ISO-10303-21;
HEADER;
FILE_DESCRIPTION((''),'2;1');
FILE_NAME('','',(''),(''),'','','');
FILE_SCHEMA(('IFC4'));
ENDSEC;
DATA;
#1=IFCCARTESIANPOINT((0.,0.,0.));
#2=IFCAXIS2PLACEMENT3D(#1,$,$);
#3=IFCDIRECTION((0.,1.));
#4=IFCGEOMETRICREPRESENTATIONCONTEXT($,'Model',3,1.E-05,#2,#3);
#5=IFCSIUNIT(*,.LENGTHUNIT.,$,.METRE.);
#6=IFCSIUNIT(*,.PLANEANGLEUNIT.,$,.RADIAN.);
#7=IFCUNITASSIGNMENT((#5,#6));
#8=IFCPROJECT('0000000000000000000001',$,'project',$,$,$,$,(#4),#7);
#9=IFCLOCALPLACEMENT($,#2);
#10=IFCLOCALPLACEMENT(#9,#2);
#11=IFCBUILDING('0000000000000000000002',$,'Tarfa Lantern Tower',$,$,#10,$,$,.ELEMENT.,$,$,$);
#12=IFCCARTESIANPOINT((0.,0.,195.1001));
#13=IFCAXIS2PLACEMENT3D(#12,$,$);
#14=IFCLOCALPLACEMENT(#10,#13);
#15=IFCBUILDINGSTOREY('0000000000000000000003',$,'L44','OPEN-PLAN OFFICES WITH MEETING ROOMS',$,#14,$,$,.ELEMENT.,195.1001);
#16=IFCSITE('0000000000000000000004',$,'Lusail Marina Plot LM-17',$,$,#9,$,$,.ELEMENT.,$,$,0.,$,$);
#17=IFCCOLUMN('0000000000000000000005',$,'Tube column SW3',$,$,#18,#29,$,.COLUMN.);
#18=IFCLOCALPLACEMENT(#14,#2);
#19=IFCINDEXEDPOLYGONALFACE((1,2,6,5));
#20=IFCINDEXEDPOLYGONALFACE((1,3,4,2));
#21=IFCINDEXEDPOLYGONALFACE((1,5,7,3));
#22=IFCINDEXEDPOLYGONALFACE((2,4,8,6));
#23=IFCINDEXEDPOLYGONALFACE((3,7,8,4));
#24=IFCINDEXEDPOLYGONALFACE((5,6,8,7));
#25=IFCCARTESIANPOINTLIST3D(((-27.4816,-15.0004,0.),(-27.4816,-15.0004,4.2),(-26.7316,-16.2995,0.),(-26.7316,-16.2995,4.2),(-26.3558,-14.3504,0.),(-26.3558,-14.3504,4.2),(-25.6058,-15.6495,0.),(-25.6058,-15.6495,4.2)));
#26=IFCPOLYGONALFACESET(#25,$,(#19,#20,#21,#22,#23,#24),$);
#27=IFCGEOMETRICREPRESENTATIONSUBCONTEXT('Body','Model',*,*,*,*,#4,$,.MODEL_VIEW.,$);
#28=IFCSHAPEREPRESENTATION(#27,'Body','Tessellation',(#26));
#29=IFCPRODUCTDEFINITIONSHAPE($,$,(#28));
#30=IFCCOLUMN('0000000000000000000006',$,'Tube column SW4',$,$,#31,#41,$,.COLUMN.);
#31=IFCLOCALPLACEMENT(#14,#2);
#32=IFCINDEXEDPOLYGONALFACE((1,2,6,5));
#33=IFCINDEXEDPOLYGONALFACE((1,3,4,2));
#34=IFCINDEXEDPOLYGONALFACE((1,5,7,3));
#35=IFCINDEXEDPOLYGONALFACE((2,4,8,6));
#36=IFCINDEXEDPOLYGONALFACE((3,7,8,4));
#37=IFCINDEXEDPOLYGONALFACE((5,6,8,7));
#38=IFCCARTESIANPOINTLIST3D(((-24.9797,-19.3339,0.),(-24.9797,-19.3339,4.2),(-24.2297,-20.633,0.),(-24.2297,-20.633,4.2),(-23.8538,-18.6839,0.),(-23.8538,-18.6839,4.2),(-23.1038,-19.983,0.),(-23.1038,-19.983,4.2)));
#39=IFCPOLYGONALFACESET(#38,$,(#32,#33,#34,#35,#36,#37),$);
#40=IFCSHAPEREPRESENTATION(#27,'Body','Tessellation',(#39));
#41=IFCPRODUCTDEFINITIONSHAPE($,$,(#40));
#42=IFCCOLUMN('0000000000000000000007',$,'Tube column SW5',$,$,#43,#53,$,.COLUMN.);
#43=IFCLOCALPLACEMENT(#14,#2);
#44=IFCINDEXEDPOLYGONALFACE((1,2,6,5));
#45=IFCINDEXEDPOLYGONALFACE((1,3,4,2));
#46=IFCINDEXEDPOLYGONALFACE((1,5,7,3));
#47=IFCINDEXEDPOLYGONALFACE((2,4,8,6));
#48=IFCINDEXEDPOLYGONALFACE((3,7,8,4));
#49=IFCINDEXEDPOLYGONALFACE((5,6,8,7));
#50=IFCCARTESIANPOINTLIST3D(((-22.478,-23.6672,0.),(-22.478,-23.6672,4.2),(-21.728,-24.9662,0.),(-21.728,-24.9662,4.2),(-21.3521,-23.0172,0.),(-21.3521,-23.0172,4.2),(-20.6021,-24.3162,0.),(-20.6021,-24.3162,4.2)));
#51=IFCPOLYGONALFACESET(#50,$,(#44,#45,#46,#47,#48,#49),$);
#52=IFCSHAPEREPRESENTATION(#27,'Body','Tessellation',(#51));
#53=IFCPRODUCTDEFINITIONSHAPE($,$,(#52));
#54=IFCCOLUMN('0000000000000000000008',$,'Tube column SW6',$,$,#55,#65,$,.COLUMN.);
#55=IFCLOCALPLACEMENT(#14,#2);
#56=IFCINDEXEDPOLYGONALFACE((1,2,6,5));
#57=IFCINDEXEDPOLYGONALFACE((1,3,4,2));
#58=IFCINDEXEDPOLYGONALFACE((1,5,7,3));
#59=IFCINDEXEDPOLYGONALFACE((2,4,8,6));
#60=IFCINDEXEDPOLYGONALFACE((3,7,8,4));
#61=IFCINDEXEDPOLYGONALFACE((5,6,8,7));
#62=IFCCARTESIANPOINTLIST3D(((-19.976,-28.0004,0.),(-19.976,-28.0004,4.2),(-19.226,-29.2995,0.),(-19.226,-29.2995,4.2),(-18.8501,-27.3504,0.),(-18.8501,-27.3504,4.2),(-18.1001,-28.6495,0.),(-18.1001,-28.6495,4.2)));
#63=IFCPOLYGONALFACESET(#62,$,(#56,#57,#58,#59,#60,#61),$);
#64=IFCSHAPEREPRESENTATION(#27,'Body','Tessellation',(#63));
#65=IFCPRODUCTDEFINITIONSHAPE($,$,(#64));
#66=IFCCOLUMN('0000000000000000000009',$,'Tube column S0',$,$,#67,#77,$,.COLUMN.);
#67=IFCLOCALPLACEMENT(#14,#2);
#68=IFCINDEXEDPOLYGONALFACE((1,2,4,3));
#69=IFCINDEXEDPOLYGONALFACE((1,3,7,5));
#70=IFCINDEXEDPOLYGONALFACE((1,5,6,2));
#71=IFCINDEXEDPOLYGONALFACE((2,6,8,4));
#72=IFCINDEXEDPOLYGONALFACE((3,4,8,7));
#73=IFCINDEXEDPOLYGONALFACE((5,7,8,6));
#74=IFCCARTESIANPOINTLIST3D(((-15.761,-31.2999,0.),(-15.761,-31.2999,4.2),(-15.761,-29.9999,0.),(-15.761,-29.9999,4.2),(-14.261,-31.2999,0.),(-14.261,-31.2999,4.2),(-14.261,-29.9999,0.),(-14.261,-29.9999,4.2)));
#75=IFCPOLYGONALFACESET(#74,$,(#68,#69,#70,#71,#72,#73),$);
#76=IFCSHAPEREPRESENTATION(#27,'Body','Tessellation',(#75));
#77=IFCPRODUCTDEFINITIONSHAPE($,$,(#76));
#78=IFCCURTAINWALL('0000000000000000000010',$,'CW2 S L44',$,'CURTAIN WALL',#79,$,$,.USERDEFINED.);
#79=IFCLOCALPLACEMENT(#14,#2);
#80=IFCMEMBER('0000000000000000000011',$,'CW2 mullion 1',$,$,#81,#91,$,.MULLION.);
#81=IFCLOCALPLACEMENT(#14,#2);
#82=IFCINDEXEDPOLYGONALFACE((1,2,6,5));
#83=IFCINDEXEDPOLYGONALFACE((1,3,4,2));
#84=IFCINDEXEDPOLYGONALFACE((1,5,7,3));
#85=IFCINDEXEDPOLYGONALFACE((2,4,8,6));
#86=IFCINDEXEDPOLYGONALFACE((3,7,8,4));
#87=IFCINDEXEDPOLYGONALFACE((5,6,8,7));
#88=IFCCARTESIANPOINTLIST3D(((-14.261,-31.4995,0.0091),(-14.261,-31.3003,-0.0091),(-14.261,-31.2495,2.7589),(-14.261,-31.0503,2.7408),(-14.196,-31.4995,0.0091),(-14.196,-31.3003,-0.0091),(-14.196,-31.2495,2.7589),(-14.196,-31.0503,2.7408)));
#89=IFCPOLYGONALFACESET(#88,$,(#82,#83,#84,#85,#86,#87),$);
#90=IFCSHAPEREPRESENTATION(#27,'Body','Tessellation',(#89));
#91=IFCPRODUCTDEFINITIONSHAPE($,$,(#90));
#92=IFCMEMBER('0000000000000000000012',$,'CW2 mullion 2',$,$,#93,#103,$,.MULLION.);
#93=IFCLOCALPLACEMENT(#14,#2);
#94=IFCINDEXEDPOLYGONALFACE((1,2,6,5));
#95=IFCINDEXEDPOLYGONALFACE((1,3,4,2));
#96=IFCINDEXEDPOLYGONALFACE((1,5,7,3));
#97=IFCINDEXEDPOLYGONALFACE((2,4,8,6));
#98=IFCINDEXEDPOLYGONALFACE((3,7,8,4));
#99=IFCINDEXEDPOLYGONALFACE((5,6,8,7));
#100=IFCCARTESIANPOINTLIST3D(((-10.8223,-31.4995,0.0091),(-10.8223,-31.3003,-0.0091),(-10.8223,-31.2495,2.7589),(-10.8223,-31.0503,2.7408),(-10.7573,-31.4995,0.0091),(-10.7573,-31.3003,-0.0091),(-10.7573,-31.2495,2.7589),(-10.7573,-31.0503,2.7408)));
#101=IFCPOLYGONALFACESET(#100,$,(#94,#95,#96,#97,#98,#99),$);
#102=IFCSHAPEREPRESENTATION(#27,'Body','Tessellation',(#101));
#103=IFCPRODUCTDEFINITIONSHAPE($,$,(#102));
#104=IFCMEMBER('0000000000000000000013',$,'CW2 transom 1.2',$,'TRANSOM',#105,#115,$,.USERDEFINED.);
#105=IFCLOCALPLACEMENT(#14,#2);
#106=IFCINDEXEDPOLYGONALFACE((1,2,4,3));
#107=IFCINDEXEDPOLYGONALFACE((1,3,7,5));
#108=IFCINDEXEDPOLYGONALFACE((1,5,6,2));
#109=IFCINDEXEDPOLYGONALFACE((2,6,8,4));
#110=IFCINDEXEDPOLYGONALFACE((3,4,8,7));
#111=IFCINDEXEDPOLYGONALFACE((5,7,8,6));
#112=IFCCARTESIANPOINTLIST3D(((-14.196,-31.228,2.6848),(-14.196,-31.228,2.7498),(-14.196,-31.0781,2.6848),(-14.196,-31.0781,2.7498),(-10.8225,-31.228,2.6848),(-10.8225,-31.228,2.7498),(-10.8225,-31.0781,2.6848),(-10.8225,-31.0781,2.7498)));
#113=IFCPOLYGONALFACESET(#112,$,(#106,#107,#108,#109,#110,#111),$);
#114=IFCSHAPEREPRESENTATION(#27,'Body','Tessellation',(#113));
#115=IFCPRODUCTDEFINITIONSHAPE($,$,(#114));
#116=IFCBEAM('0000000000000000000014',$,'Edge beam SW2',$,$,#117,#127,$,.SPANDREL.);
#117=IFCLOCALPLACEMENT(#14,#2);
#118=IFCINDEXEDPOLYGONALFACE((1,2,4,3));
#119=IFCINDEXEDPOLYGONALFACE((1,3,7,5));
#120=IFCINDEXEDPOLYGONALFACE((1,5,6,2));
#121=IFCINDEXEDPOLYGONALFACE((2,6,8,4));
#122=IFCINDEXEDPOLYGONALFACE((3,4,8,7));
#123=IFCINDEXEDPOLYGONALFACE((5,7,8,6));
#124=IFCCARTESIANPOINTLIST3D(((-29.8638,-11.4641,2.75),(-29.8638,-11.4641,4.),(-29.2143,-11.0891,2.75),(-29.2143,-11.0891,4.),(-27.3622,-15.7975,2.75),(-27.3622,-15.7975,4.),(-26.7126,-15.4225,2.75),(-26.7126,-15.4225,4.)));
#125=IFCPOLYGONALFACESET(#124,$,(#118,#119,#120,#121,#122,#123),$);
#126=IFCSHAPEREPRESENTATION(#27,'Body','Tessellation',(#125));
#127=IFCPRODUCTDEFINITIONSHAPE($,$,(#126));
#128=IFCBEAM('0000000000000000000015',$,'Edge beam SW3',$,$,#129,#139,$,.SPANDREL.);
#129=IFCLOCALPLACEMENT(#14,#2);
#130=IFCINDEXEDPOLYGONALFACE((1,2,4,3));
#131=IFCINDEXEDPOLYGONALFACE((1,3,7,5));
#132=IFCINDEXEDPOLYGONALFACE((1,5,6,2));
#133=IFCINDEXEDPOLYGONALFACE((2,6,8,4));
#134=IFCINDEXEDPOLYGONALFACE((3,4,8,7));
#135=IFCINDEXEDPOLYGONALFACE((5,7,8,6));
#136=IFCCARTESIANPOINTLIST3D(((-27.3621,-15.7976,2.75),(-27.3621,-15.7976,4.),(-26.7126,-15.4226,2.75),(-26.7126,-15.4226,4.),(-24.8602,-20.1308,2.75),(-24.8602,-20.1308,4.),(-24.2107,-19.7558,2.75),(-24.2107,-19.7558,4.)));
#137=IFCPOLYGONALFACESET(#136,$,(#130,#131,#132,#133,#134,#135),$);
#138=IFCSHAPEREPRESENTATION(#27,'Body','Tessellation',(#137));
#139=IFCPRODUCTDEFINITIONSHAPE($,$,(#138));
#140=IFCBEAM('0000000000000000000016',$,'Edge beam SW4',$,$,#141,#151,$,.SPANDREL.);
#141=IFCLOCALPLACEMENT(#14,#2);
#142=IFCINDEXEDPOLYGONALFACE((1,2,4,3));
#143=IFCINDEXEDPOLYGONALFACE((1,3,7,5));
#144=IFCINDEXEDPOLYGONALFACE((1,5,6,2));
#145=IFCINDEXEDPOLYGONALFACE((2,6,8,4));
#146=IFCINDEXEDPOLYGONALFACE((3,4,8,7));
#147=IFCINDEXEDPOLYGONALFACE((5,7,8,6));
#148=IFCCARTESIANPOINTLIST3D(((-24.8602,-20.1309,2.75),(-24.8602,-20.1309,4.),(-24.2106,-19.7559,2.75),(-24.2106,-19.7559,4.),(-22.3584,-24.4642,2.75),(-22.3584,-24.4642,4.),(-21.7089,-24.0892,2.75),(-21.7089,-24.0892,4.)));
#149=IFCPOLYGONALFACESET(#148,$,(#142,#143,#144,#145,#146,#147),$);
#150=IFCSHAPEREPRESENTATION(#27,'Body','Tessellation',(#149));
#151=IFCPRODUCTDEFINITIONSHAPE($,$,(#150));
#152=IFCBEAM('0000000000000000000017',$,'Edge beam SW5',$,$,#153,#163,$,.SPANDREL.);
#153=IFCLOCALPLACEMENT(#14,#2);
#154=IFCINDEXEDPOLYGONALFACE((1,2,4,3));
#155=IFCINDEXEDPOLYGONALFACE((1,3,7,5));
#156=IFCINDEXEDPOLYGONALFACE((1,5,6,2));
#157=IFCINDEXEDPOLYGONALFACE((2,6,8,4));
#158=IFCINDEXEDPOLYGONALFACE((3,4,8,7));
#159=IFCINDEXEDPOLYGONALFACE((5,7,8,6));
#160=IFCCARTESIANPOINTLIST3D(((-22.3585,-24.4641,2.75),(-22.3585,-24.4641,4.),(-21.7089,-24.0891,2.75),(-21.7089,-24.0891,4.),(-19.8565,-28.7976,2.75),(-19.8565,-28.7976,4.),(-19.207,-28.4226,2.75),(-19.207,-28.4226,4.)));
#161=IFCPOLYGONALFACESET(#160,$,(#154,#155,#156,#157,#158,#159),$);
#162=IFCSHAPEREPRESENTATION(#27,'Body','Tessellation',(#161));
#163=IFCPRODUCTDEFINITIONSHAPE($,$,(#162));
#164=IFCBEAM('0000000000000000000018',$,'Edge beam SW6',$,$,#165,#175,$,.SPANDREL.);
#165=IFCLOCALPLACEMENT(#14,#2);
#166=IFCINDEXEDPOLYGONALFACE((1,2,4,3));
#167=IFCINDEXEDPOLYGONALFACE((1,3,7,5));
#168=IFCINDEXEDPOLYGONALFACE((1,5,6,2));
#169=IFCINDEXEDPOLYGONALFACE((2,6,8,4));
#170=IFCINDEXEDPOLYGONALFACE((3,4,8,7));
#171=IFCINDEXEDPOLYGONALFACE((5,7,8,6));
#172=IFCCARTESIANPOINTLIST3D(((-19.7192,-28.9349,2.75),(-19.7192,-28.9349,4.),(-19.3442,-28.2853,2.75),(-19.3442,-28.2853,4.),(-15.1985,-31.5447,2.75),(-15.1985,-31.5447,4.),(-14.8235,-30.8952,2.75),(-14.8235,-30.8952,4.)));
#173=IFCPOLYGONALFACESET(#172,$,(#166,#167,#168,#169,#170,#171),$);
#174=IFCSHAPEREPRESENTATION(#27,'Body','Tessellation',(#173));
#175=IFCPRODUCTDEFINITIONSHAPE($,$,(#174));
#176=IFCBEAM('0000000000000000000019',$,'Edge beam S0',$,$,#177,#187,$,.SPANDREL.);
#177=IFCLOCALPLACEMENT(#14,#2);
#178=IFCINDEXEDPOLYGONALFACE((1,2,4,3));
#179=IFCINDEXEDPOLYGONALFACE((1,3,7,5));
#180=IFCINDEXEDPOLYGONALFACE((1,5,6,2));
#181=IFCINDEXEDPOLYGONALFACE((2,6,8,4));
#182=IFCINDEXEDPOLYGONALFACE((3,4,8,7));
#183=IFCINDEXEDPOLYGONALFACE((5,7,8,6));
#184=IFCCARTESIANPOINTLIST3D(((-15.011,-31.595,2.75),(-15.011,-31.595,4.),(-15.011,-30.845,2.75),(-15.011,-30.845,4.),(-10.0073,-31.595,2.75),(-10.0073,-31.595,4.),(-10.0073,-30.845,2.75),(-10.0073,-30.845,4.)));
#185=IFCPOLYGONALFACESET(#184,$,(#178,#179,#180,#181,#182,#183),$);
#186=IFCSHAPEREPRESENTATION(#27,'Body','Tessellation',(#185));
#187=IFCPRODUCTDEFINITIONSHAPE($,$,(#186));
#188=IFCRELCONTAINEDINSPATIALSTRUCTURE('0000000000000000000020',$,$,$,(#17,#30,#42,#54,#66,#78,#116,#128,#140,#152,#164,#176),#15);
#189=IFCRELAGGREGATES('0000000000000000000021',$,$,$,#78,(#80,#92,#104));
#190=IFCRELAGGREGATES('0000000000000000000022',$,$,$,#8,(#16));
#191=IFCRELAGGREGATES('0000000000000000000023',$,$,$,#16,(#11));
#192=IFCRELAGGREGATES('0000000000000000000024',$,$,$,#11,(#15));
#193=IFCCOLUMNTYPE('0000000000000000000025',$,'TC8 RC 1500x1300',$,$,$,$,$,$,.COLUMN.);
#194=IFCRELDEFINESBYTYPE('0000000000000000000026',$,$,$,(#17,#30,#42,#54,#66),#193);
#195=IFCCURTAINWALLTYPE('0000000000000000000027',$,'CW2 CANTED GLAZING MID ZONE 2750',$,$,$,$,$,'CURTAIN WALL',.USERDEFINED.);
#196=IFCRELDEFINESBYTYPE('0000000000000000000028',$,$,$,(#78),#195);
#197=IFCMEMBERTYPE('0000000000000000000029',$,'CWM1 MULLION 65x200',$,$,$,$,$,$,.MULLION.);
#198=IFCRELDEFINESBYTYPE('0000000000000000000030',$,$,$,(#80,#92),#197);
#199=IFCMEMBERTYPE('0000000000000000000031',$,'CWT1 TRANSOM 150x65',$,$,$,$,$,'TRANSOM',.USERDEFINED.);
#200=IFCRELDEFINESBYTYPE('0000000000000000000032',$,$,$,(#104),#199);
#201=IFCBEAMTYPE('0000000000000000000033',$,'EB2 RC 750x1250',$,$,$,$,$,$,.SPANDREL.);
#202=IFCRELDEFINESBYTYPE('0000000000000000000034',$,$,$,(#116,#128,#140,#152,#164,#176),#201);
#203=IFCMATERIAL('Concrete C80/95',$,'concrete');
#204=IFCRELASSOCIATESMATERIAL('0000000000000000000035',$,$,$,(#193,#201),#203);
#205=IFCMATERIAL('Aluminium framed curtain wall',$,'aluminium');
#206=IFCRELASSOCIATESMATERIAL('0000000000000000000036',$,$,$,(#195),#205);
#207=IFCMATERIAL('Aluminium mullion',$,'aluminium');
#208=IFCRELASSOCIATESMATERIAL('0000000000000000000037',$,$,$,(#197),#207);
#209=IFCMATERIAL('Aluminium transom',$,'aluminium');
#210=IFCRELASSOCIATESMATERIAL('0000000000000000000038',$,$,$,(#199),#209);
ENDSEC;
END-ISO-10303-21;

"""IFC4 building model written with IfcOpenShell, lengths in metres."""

from ifc_helpers import new_model, si_unit, direction, frame, origin, origin_2d, place, context, subcontext, project, spatial, rectangle, extrude, material, material_profile, profile_set, type_object, element, aggregate, save


model = new_model("IFC4")

# Units and contexts
model_context = context("Model", 3, precision=1e-05, world=origin(), true_north=direction((0.0, 1.0)))
body_context = subcontext(model_context, "Body", "Model", "MODEL_VIEW")
ifc_project = project(units=[si_unit("LENGTHUNIT", "METRE"), si_unit("PLANEANGLEUNIT", "RADIAN")], contexts=[model_context])

# Site, building, storey
site_placement = place(None, origin())
site = spatial("IfcSite", under=ifc_project, at=site_placement, Name="Lusail Marina Plot LM-17", CompositionType="ELEMENT", RefElevation=0.0)
building_placement = place(site_placement, origin())
building = spatial("IfcBuilding", under=site, at=building_placement, Name="Tarfa Lantern Tower", CompositionType="ELEMENT")
storey_placement = place(building_placement, frame((0.0, 0.0, 195.1001)))
storey = spatial("IfcBuildingStorey", under=building, at=storey_placement, Name="L44", Description="OPEN-PLAN OFFICES WITH MEETING ROOMS", CompositionType="ELEMENT", Elevation=195.1001)

# Columns
ifc_material_1 = material(Name="Concrete C80/95", Category="concrete")
ifc_material_profile_1 = material_profile(ifc_material_1, rectangle(XDim=1.5, YDim=1.3, at=origin_2d()), Name="RC 1500x1300")
ifc_profile_set_1 = profile_set([ifc_material_profile_1], Name="Concrete C80/95")
column_type = type_object("IfcColumnType", Name="TC8 RC 1500x1300", PredefinedType="COLUMN", material=ifc_profile_set_1)
for number, where, z_axis, x_axis, name in (
    (1, (-26.5437, -15.325, 0.0), (0.0, 0.0, 1.0), (0.5, -0.866025, 0.0), "Tube column SW3"),
    (2, (-24.0417, -19.6584, 0.0), (0.0, 0.0, 1.0), (0.5, -0.866025, 0.0), "Tube column SW4"),
    (3, (-21.54, -23.9917, 0.0), (0.0, 0.0, 1.0), (0.5, -0.866025, 0.0), "Tube column SW5"),
    (4, (-19.0381, -28.325, 0.0), (0.0, 0.0, 1.0), (0.5, -0.866025, 0.0), "Tube column SW6"),
    (5, (-15.011, -30.6499, 0.0), (0.0, 0.0, 1.0), (1.0, 0.0, 0.0), "Tube column S0"),
):
    element("IfcColumn", number, at=place(storey_placement, frame(where, z_axis=z_axis, x_axis=x_axis)), inside=storey, type_object=column_type, Name=name, PredefinedType="COLUMN", context=body_context, shape_type="SweptSolid", body=[
        extrude(rectangle(XDim=1.5, YDim=1.3, at=origin_2d()), origin(), (0.0, 0.0, 1.0), 4.2),
    ])

# Curtain wall, members
ifc_material_2 = material(Name="Aluminium framed curtain wall", Category="aluminium")
curtain_wall_type = type_object("IfcCurtainWallType", Name="CW2 CANTED GLAZING MID ZONE 2750", ElementType="CURTAIN WALL", PredefinedType="USERDEFINED", material=ifc_material_2)
curtain_wall_placement = place(storey_placement, origin())
curtain_wall = element("IfcCurtainWall", 6, at=curtain_wall_placement, inside=storey, type_object=curtain_wall_type, Name="CW2 S L44", ObjectType="CURTAIN WALL", PredefinedType="USERDEFINED")
ifc_material_3 = material(Name="Aluminium mullion", Category="aluminium")
ifc_material_profile_2 = material_profile(ifc_material_3, rectangle(XDim=0.0649, YDim=0.2, at=origin_2d()), Name="AL MULLION 65x200")
ifc_profile_set_2 = profile_set([ifc_material_profile_2], Name="Aluminium mullion")
member_type_1 = type_object("IfcMemberType", Name="CWM1 MULLION 65x200", PredefinedType="MULLION", material=ifc_profile_set_2)
member_1_placement = place(storey_placement, frame((-14.2285, -31.3999, 0.0), z_axis=(0.0, 0.090536, 0.995893), x_axis=(-1.0, 0.0, 0.0)))
member_1 = element("IfcMember", 7, at=member_1_placement, type_object=member_type_1, Name="CW2 mullion 1", PredefinedType="MULLION", context=body_context, shape_type="SweptSolid", body=[
    extrude(rectangle(XDim=0.0649, YDim=0.2, at=origin_2d()), origin(), (0.0, 0.0, 1.0), 2.7612),
])
member_2_placement = place(storey_placement, frame((-10.7898, -31.3999, 0.0), z_axis=(0.0, 0.090536, 0.995893), x_axis=(-1.0, 0.0, 0.0)))
member_2 = element("IfcMember", 8, at=member_2_placement, type_object=member_type_1, Name="CW2 mullion 2", PredefinedType="MULLION", context=body_context, shape_type="SweptSolid", body=[
    extrude(rectangle(XDim=0.0649, YDim=0.2, at=origin_2d()), origin(), (0.0, 0.0, 1.0), 2.7612),
])
ifc_material_4 = material(Name="Aluminium transom", Category="aluminium")
ifc_material_profile_3 = material_profile(ifc_material_4, rectangle(XDim=0.1499, YDim=0.0649, at=origin_2d()), Name="AL TRANSOM 150x65")
ifc_profile_set_3 = profile_set([ifc_material_profile_3], Name="Aluminium transom")
member_type_2 = type_object("IfcMemberType", Name="CWT1 TRANSOM 150x65", ElementType="TRANSOM", PredefinedType="USERDEFINED", material=ifc_profile_set_3)
member_3_placement = place(storey_placement, frame((-14.196, -31.1531, 2.7173), z_axis=(1.0, 0.0, 0.0), x_axis=(0.0, 1.0, 0.0)))
member_3 = element("IfcMember", 9, at=member_3_placement, type_object=member_type_2, Name="CW2 transom 1.2", ObjectType="TRANSOM", PredefinedType="USERDEFINED", context=body_context, shape_type="SweptSolid", body=[
    extrude(rectangle(XDim=0.1499, YDim=0.0649, at=origin_2d()), origin(), (0.0, 0.0, 1.0), 3.3735),
])

# Beams
ifc_material_profile_4 = material_profile(ifc_material_1, rectangle(XDim=0.75, YDim=1.25, at=origin_2d()), Name="RC 750x1250")
ifc_profile_set_4 = profile_set([ifc_material_profile_4], Name="Concrete C80/95")
beam_type_1 = type_object("IfcBeamType", Name="EB2 RC 750x1250", PredefinedType="SPANDREL", material=ifc_profile_set_4)
for number, where, z_axis, x_axis, name in (
    (10, (-29.5391, -11.2766, 3.375), (0.499965, -0.866046, 0.0), (0.866046, 0.499965, 0.0), "Edge beam SW2"),
    (11, (-27.0374, -15.6101, 3.375), (0.500022, -0.866013, 0.0), (0.866013, 0.500022, 0.0), "Edge beam SW3"),
    (12, (-24.5354, -19.9434, 3.375), (0.499986, -0.866034, 0.0), (0.866034, 0.499986, 0.0), "Edge beam SW4"),
):
    element("IfcBeam", number, at=place(storey_placement, frame(where, z_axis=z_axis, x_axis=x_axis)), inside=storey, type_object=beam_type_1, Name=name, PredefinedType="SPANDREL", context=body_context, shape_type="SweptSolid", body=[
        extrude(rectangle(XDim=0.75, YDim=1.25, at=origin_2d()), origin(), (0.0, 0.0, 1.0), 5.0037),
    ])
beam_1_placement = place(storey_placement, frame((-22.0337, -24.2766, 3.375), z_axis=(0.500001, -0.866025, 0.0), x_axis=(0.866025, 0.500001, 0.0)))
element("IfcBeam", 13, at=beam_1_placement, inside=storey, type_object=beam_type_1, Name="Edge beam SW5", PredefinedType="SPANDREL", context=body_context, shape_type="SweptSolid", body=[
    extrude(rectangle(XDim=0.75, YDim=1.25, at=origin_2d()), origin(), (0.0, 0.0, 1.0), 5.0039),
])
beam_2_placement = place(storey_placement, frame((-19.5317, -28.6101, 3.375), z_axis=(0.866042, -0.499972, 0.0), x_axis=(0.499972, 0.866042, 0.0)))
element("IfcBeam", 14, at=beam_2_placement, inside=storey, type_object=beam_type_1, Name="Edge beam SW6", PredefinedType="SPANDREL", context=body_context, shape_type="SweptSolid", body=[
    extrude(rectangle(XDim=0.75, YDim=1.25, at=origin_2d()), origin(), (0.0, 0.0, 1.0), 5.22),
])
beam_3_placement = place(storey_placement, frame((-15.011, -31.22, 3.375), z_axis=(1.0, 0.0, 0.0), x_axis=(0.0, 1.0, 0.0)))
element("IfcBeam", 15, at=beam_3_placement, inside=storey, type_object=beam_type_1, Name="Edge beam S0", PredefinedType="SPANDREL", context=body_context, shape_type="SweptSolid", body=[
    extrude(rectangle(XDim=0.75, YDim=1.25, at=origin_2d()), origin(), (0.0, 0.0, 1.0), 5.0037),
])

aggregate(curtain_wall, [member_1, member_2, member_3])

save(model, "model.ifc")
